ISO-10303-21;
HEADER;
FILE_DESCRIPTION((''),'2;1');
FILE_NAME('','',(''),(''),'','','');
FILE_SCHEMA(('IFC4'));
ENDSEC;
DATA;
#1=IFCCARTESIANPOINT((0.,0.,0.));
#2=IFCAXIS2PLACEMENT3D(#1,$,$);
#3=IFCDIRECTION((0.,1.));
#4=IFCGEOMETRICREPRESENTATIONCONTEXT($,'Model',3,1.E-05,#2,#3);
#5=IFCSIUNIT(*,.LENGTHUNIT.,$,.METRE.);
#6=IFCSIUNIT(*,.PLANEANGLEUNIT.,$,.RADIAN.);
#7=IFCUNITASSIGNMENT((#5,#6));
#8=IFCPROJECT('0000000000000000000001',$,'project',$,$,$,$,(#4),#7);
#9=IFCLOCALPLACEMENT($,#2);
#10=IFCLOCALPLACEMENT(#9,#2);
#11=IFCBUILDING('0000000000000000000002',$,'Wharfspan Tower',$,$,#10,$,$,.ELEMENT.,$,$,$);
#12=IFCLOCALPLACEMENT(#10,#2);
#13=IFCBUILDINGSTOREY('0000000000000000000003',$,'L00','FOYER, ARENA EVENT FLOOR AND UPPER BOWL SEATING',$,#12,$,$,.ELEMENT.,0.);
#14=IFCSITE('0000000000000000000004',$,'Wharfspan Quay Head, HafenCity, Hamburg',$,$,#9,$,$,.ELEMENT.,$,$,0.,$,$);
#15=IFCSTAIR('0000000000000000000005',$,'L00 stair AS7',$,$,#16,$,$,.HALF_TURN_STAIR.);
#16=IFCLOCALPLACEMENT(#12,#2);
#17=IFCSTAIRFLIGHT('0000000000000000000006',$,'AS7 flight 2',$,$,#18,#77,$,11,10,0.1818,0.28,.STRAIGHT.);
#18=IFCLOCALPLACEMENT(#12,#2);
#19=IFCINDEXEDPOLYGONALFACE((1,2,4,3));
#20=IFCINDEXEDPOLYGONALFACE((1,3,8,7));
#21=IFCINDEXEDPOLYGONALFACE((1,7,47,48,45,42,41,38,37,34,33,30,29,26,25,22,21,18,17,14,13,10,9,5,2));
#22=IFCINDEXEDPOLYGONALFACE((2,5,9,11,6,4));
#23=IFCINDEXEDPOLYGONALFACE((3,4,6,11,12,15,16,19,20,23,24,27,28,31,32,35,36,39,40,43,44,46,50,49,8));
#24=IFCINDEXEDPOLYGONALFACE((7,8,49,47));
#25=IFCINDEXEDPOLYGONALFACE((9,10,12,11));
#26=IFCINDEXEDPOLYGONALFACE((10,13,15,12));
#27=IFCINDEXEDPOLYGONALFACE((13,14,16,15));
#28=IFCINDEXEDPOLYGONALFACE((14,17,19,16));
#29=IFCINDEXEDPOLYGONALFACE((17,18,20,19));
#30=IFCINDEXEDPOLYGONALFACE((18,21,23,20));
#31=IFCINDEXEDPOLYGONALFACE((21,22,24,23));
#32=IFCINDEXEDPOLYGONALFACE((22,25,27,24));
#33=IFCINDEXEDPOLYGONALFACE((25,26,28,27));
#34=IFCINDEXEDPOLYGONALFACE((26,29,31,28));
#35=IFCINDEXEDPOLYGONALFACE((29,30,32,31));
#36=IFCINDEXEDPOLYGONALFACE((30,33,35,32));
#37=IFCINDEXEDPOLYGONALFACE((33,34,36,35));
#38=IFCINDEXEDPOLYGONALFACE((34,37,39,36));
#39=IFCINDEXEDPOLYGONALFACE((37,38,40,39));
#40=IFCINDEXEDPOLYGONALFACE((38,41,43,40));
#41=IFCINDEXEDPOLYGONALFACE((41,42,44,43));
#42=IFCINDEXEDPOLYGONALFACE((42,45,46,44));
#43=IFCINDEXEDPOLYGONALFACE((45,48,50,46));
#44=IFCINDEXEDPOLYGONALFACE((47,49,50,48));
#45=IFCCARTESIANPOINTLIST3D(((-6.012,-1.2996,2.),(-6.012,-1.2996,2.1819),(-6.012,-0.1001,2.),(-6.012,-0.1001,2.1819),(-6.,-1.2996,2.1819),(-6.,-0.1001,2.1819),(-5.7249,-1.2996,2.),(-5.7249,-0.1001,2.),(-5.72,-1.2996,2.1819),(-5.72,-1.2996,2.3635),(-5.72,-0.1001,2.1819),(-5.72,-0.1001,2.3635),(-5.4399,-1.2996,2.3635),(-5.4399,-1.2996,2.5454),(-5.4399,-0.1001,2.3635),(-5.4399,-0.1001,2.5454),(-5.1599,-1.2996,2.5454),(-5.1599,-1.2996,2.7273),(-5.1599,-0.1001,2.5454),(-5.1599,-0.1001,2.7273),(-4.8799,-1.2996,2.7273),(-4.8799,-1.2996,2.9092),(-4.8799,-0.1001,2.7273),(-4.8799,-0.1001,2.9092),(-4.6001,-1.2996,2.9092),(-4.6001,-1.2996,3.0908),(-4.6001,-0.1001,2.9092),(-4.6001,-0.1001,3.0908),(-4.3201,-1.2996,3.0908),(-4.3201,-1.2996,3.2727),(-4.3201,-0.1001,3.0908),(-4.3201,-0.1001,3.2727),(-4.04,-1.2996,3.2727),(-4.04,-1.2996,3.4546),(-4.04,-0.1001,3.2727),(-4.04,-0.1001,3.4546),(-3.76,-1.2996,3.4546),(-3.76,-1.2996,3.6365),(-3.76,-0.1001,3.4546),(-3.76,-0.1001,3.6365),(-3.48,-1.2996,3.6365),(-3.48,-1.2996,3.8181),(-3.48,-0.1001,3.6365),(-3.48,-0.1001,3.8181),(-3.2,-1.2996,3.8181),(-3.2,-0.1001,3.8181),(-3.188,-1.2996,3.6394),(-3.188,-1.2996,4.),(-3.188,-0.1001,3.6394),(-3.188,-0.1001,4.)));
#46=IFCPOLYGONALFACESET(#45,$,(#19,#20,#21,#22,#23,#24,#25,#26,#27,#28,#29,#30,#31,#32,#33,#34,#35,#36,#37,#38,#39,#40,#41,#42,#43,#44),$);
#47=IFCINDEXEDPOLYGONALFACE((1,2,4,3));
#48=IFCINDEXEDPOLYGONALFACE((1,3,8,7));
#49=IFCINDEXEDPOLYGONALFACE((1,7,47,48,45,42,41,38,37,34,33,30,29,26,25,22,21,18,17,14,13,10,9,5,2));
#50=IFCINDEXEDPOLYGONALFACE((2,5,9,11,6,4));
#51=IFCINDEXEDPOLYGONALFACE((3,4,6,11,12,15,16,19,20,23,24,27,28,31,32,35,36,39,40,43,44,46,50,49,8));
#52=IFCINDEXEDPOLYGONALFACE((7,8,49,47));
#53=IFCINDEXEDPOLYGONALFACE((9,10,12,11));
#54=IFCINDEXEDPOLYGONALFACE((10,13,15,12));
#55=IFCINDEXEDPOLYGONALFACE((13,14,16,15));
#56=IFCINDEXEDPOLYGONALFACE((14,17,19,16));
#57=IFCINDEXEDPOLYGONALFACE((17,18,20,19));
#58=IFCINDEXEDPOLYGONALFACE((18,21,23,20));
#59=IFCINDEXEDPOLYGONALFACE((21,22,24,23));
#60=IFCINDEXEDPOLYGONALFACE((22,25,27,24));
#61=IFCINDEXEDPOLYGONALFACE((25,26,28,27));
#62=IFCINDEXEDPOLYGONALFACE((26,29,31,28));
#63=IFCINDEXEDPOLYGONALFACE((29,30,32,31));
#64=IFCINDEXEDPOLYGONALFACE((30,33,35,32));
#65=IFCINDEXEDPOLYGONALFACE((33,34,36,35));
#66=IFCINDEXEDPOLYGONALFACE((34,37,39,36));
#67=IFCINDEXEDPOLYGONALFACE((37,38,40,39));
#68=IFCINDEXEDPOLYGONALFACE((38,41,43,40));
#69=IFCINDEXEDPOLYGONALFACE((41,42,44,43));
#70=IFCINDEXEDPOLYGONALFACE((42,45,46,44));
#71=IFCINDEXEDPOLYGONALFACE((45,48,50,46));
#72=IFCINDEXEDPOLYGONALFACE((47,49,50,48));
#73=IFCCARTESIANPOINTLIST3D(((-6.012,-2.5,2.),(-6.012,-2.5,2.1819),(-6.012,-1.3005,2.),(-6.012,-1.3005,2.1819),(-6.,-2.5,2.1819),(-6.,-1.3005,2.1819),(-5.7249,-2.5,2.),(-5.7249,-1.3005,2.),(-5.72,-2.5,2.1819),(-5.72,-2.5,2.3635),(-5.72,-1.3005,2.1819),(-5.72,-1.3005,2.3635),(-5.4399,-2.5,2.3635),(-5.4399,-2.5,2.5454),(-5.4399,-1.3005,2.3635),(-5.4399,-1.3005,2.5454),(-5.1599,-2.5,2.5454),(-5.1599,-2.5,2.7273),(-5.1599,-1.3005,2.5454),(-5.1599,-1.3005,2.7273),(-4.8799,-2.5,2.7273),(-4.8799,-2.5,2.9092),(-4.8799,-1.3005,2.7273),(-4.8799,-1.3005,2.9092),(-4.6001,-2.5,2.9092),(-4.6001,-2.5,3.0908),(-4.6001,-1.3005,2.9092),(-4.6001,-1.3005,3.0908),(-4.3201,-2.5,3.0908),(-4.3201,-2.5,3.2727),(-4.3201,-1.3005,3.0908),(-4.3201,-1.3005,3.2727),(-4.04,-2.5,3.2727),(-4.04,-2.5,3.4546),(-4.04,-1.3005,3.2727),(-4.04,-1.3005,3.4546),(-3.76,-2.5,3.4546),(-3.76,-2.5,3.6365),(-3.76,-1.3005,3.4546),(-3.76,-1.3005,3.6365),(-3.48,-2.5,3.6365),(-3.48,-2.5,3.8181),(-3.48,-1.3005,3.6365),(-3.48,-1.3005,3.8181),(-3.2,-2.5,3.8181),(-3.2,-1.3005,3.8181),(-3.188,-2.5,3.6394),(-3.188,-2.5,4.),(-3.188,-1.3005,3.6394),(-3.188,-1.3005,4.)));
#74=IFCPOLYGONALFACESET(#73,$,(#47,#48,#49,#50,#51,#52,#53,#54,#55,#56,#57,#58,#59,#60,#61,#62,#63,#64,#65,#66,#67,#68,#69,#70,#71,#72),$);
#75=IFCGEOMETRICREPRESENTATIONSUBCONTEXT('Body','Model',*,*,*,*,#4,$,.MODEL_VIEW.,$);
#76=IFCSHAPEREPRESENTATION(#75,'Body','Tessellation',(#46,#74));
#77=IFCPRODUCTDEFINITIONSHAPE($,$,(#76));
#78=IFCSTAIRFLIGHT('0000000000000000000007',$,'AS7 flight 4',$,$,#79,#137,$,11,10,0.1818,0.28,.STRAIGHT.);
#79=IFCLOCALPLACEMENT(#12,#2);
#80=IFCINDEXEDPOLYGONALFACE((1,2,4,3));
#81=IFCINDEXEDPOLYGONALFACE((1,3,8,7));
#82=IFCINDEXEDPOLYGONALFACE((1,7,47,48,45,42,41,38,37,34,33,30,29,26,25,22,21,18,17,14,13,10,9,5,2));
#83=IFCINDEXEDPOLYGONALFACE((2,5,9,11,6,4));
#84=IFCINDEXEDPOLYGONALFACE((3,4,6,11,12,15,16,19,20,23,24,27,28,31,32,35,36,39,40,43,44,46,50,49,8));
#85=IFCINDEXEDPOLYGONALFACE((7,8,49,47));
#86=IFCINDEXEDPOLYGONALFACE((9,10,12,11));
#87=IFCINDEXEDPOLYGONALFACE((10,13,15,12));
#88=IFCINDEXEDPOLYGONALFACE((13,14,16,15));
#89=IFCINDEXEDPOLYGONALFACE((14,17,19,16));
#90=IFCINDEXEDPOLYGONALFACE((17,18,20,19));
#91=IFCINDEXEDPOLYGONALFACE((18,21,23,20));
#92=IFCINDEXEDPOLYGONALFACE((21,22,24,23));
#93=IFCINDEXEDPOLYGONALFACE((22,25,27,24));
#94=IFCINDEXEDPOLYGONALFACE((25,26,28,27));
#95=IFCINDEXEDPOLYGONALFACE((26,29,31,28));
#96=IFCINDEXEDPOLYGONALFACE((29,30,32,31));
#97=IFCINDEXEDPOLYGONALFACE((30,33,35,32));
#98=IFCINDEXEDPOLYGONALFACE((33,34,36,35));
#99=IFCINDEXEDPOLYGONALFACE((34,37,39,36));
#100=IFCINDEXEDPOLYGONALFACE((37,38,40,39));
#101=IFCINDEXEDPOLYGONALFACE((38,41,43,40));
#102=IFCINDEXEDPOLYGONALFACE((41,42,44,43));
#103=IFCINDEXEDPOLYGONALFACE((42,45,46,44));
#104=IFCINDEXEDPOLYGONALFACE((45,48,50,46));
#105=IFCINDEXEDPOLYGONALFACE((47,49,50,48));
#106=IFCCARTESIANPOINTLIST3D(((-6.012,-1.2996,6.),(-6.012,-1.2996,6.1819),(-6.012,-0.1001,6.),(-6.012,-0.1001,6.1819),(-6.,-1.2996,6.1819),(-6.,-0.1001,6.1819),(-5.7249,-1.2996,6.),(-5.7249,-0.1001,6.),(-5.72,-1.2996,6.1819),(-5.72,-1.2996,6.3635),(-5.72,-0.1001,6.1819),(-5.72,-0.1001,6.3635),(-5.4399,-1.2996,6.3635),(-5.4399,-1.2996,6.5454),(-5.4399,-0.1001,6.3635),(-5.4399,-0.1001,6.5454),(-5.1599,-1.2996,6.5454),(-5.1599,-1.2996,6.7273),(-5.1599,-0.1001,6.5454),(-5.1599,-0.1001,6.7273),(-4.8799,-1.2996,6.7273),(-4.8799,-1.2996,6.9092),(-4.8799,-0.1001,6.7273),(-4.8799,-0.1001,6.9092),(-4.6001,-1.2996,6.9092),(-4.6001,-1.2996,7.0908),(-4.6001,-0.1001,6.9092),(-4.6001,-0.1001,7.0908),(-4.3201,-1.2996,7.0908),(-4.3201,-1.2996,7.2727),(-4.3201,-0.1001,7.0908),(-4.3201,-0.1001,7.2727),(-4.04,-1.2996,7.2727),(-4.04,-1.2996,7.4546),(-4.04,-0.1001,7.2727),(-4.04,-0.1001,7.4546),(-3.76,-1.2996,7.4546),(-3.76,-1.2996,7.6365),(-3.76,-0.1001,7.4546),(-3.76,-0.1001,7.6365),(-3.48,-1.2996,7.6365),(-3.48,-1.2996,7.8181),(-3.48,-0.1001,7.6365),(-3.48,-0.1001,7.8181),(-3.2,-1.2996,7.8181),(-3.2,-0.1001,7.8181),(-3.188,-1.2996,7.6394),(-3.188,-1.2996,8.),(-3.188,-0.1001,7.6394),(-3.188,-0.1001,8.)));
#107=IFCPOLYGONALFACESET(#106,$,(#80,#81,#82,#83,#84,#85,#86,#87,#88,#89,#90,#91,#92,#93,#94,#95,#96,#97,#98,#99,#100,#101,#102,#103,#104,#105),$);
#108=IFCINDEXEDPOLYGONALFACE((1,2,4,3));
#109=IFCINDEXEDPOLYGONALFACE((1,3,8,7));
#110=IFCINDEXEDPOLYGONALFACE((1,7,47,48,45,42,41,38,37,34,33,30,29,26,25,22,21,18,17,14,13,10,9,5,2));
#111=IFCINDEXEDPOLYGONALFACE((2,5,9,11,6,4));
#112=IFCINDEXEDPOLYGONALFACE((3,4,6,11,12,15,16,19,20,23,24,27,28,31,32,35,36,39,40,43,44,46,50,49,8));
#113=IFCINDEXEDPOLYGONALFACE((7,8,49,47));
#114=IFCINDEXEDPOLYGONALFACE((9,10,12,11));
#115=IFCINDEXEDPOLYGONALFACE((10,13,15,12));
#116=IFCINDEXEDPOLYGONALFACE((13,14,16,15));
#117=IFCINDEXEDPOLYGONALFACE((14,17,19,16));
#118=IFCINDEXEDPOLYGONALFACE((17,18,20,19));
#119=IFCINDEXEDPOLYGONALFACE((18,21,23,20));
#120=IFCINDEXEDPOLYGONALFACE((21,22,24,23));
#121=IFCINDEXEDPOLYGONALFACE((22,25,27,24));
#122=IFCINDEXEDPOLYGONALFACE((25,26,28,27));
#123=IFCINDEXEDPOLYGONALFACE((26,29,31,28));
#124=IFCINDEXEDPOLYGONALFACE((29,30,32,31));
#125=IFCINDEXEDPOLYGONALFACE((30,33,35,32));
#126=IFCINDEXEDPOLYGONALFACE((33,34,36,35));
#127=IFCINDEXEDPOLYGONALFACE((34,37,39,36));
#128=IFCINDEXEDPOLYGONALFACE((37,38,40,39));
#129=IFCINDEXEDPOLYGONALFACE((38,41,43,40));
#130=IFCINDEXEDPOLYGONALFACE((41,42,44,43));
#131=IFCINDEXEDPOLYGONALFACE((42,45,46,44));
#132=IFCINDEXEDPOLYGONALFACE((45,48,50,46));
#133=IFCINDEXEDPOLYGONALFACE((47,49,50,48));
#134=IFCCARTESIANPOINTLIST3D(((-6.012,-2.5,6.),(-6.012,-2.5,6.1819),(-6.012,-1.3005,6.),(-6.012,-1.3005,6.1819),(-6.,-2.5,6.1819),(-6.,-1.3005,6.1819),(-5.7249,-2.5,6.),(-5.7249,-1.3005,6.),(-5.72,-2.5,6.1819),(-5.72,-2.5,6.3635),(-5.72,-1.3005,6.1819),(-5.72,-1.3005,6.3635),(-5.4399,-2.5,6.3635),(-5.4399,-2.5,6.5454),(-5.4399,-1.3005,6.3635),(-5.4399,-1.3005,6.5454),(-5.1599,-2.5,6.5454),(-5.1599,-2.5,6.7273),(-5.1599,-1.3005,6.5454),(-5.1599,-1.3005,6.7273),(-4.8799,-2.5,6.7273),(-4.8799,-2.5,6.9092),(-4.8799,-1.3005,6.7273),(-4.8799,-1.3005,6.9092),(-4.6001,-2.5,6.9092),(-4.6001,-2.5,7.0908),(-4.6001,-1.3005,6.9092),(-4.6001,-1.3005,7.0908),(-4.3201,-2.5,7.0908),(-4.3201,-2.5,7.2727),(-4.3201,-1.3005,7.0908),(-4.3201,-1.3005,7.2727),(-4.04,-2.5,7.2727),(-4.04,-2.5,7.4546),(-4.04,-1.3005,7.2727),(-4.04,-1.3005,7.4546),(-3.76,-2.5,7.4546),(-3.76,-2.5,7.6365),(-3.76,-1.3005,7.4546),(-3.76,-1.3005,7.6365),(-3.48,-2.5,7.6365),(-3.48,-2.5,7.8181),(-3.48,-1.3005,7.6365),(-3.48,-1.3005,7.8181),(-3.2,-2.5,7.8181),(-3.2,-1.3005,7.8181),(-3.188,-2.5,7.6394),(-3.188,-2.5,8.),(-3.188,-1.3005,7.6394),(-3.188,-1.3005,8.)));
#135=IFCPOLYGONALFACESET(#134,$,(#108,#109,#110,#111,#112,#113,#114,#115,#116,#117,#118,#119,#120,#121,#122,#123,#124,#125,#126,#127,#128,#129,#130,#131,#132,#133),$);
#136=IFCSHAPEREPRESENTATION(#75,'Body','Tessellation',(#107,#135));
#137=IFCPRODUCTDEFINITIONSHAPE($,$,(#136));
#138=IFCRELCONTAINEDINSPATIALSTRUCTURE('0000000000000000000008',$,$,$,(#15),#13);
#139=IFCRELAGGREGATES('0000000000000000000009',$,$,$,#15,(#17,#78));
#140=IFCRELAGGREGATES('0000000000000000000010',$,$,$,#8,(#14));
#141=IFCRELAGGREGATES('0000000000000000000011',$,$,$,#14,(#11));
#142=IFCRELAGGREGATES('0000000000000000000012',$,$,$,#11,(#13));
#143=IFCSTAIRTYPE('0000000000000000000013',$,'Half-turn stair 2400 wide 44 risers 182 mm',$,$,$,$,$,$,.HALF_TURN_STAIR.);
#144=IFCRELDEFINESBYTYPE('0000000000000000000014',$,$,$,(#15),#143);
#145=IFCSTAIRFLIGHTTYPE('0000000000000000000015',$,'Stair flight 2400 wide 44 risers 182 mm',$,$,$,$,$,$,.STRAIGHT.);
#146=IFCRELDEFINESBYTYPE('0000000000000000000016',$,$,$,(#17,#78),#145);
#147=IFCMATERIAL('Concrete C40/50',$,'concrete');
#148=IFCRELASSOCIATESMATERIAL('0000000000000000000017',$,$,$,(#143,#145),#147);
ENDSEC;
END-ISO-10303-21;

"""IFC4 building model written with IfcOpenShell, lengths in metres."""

from ifc_helpers import new_model, si_unit, direction, frame, origin, place, context, subcontext, project, spatial, polyline, outline, extrude, material, type_object, element, aggregate, save


model = new_model("IFC4")

# Units and contexts
model_context = context("Model", 3, precision=1e-05, world=origin(), true_north=direction((0.0, 1.0)))
body_context = subcontext(model_context, "Body", "Model", "MODEL_VIEW")
ifc_project = project(units=[si_unit("LENGTHUNIT", "METRE"), si_unit("PLANEANGLEUNIT", "RADIAN")], contexts=[model_context])

# Site, building, storey
site_placement = place(None, origin())
site = spatial("IfcSite", under=ifc_project, at=site_placement, Name="Wharfspan Quay Head, HafenCity, Hamburg", CompositionType="ELEMENT", RefElevation=0.0)
building_placement = place(site_placement, origin())
building = spatial("IfcBuilding", under=site, at=building_placement, Name="Wharfspan Tower", CompositionType="ELEMENT")
storey_placement = place(building_placement, origin())
storey = spatial("IfcBuildingStorey", under=building, at=storey_placement, Name="L00", Description="FOYER, ARENA EVENT FLOOR AND UPPER BOWL SEATING", CompositionType="ELEMENT", Elevation=0.0)

# Shared definitions
ifc_material_1 = material(Name="Concrete C40/50", Category="concrete")

# Stair, stair flights
stair_type = type_object("IfcStairType", Name="Half-turn stair 2400 wide 44 risers 182 mm", PredefinedType="HALF_TURN_STAIR", material=ifc_material_1)
stair_placement = place(storey_placement, origin())
stair = element("IfcStair", 1, at=stair_placement, inside=storey, type_object=stair_type, Name="L00 stair AS7", PredefinedType="HALF_TURN_STAIR")
stair_flight_type = type_object("IfcStairFlightType", Name="Stair flight 2400 wide 44 risers 182 mm", PredefinedType="STRAIGHT", material=ifc_material_1)
stair_flight_1_placement = place(storey_placement, frame((-6.0, -1.3, 2.0), z_axis=(0.0, 0.0, 1.0), x_axis=(1.0, 0.0, 0.0)))
stair_flight_1 = element("IfcStairFlight", 2, at=stair_flight_1_placement, type_object=stair_flight_type, Name="AS7 flight 2", NumberOfRisers=11, NumberOfTreads=10, PredefinedType="STRAIGHT", RiserHeight=0.1818, TreadLength=0.28, context=body_context, shape_type="SweptSolid", body=[
    extrude(outline(polyline([(-0.012, 0.0), (-0.012, 0.1819), (0.0, 0.1819), (0.28, 0.1819), (0.28, 0.3635), (0.5601, 0.3635), (0.5601, 0.5454), (0.8401, 0.5454), (0.8401, 0.7273), (1.1201, 0.7273), (1.1201, 0.9092), (1.3999, 0.9092), (1.3999, 1.0908), (1.6799, 1.0908), (1.6799, 1.2727), (1.96, 1.2727), (1.96, 1.4546), (2.24, 1.4546), (2.24, 1.6365), (2.52, 1.6365), (2.52, 1.8181), (2.8, 1.8181), (2.812, 2.0), (2.812, 1.6394), (0.2751, 0.0), (-0.012, 0.0)])), frame((0.0, 1.2, 0.0), z_axis=(0.0, -1.0, 0.0), x_axis=(1.0, 0.0, 0.0)), (0.0, 0.0, 1.0), 1.1995),
    extrude(outline(polyline([(-0.012, 0.0), (-0.012, 0.1819), (0.0, 0.1819), (0.28, 0.1819), (0.28, 0.3635), (0.5601, 0.3635), (0.5601, 0.5454), (0.8401, 0.5454), (0.8401, 0.7273), (1.1201, 0.7273), (1.1201, 0.9092), (1.3999, 0.9092), (1.3999, 1.0908), (1.6799, 1.0908), (1.6799, 1.2727), (1.96, 1.2727), (1.96, 1.4546), (2.24, 1.4546), (2.24, 1.6365), (2.52, 1.6365), (2.52, 1.8181), (2.8, 1.8181), (2.812, 2.0), (2.812, 1.6394), (0.2751, 0.0), (-0.012, 0.0)])), frame((0.0, -0.0005, 0.0), z_axis=(0.0, -1.0, 0.0), x_axis=(1.0, 0.0, 0.0)), (0.0, 0.0, 1.0), 1.1995),
])
stair_flight_2_placement = place(storey_placement, frame((-6.0, -1.3, 6.0), z_axis=(0.0, 0.0, 1.0), x_axis=(1.0, 0.0, 0.0)))
stair_flight_2 = element("IfcStairFlight", 3, at=stair_flight_2_placement, type_object=stair_flight_type, Name="AS7 flight 4", NumberOfRisers=11, NumberOfTreads=10, PredefinedType="STRAIGHT", RiserHeight=0.1818, TreadLength=0.28, context=body_context, shape_type="SweptSolid", body=[
    extrude(outline(polyline([(-0.012, 0.0), (-0.012, 0.1819), (0.0, 0.1819), (0.28, 0.1819), (0.28, 0.3635), (0.5601, 0.3635), (0.5601, 0.5454), (0.8401, 0.5454), (0.8401, 0.7273), (1.1201, 0.7273), (1.1201, 0.9092), (1.3999, 0.9092), (1.3999, 1.0908), (1.6799, 1.0908), (1.6799, 1.2727), (1.96, 1.2727), (1.96, 1.4546), (2.24, 1.4546), (2.24, 1.6365), (2.52, 1.6365), (2.52, 1.8181), (2.8, 1.8181), (2.812, 2.0), (2.812, 1.6394), (0.2751, 0.0), (-0.012, 0.0)])), frame((0.0, 1.2, 0.0), z_axis=(0.0, -1.0, 0.0), x_axis=(1.0, 0.0, 0.0)), (0.0, 0.0, 1.0), 1.1995),
    extrude(outline(polyline([(-0.012, 0.0), (-0.012, 0.1819), (0.0, 0.1819), (0.28, 0.1819), (0.28, 0.3635), (0.5601, 0.3635), (0.5601, 0.5454), (0.8401, 0.5454), (0.8401, 0.7273), (1.1201, 0.7273), (1.1201, 0.9092), (1.3999, 0.9092), (1.3999, 1.0908), (1.6799, 1.0908), (1.6799, 1.2727), (1.96, 1.2727), (1.96, 1.4546), (2.24, 1.4546), (2.24, 1.6365), (2.52, 1.6365), (2.52, 1.8181), (2.8, 1.8181), (2.812, 2.0), (2.812, 1.6394), (0.2751, 0.0), (-0.012, 0.0)])), frame((0.0, -0.0005, 0.0), z_axis=(0.0, -1.0, 0.0), x_axis=(1.0, 0.0, 0.0)), (0.0, 0.0, 1.0), 1.1995),
])
aggregate(stair, [stair_flight_1, stair_flight_2])

save(model, "model.ifc")
